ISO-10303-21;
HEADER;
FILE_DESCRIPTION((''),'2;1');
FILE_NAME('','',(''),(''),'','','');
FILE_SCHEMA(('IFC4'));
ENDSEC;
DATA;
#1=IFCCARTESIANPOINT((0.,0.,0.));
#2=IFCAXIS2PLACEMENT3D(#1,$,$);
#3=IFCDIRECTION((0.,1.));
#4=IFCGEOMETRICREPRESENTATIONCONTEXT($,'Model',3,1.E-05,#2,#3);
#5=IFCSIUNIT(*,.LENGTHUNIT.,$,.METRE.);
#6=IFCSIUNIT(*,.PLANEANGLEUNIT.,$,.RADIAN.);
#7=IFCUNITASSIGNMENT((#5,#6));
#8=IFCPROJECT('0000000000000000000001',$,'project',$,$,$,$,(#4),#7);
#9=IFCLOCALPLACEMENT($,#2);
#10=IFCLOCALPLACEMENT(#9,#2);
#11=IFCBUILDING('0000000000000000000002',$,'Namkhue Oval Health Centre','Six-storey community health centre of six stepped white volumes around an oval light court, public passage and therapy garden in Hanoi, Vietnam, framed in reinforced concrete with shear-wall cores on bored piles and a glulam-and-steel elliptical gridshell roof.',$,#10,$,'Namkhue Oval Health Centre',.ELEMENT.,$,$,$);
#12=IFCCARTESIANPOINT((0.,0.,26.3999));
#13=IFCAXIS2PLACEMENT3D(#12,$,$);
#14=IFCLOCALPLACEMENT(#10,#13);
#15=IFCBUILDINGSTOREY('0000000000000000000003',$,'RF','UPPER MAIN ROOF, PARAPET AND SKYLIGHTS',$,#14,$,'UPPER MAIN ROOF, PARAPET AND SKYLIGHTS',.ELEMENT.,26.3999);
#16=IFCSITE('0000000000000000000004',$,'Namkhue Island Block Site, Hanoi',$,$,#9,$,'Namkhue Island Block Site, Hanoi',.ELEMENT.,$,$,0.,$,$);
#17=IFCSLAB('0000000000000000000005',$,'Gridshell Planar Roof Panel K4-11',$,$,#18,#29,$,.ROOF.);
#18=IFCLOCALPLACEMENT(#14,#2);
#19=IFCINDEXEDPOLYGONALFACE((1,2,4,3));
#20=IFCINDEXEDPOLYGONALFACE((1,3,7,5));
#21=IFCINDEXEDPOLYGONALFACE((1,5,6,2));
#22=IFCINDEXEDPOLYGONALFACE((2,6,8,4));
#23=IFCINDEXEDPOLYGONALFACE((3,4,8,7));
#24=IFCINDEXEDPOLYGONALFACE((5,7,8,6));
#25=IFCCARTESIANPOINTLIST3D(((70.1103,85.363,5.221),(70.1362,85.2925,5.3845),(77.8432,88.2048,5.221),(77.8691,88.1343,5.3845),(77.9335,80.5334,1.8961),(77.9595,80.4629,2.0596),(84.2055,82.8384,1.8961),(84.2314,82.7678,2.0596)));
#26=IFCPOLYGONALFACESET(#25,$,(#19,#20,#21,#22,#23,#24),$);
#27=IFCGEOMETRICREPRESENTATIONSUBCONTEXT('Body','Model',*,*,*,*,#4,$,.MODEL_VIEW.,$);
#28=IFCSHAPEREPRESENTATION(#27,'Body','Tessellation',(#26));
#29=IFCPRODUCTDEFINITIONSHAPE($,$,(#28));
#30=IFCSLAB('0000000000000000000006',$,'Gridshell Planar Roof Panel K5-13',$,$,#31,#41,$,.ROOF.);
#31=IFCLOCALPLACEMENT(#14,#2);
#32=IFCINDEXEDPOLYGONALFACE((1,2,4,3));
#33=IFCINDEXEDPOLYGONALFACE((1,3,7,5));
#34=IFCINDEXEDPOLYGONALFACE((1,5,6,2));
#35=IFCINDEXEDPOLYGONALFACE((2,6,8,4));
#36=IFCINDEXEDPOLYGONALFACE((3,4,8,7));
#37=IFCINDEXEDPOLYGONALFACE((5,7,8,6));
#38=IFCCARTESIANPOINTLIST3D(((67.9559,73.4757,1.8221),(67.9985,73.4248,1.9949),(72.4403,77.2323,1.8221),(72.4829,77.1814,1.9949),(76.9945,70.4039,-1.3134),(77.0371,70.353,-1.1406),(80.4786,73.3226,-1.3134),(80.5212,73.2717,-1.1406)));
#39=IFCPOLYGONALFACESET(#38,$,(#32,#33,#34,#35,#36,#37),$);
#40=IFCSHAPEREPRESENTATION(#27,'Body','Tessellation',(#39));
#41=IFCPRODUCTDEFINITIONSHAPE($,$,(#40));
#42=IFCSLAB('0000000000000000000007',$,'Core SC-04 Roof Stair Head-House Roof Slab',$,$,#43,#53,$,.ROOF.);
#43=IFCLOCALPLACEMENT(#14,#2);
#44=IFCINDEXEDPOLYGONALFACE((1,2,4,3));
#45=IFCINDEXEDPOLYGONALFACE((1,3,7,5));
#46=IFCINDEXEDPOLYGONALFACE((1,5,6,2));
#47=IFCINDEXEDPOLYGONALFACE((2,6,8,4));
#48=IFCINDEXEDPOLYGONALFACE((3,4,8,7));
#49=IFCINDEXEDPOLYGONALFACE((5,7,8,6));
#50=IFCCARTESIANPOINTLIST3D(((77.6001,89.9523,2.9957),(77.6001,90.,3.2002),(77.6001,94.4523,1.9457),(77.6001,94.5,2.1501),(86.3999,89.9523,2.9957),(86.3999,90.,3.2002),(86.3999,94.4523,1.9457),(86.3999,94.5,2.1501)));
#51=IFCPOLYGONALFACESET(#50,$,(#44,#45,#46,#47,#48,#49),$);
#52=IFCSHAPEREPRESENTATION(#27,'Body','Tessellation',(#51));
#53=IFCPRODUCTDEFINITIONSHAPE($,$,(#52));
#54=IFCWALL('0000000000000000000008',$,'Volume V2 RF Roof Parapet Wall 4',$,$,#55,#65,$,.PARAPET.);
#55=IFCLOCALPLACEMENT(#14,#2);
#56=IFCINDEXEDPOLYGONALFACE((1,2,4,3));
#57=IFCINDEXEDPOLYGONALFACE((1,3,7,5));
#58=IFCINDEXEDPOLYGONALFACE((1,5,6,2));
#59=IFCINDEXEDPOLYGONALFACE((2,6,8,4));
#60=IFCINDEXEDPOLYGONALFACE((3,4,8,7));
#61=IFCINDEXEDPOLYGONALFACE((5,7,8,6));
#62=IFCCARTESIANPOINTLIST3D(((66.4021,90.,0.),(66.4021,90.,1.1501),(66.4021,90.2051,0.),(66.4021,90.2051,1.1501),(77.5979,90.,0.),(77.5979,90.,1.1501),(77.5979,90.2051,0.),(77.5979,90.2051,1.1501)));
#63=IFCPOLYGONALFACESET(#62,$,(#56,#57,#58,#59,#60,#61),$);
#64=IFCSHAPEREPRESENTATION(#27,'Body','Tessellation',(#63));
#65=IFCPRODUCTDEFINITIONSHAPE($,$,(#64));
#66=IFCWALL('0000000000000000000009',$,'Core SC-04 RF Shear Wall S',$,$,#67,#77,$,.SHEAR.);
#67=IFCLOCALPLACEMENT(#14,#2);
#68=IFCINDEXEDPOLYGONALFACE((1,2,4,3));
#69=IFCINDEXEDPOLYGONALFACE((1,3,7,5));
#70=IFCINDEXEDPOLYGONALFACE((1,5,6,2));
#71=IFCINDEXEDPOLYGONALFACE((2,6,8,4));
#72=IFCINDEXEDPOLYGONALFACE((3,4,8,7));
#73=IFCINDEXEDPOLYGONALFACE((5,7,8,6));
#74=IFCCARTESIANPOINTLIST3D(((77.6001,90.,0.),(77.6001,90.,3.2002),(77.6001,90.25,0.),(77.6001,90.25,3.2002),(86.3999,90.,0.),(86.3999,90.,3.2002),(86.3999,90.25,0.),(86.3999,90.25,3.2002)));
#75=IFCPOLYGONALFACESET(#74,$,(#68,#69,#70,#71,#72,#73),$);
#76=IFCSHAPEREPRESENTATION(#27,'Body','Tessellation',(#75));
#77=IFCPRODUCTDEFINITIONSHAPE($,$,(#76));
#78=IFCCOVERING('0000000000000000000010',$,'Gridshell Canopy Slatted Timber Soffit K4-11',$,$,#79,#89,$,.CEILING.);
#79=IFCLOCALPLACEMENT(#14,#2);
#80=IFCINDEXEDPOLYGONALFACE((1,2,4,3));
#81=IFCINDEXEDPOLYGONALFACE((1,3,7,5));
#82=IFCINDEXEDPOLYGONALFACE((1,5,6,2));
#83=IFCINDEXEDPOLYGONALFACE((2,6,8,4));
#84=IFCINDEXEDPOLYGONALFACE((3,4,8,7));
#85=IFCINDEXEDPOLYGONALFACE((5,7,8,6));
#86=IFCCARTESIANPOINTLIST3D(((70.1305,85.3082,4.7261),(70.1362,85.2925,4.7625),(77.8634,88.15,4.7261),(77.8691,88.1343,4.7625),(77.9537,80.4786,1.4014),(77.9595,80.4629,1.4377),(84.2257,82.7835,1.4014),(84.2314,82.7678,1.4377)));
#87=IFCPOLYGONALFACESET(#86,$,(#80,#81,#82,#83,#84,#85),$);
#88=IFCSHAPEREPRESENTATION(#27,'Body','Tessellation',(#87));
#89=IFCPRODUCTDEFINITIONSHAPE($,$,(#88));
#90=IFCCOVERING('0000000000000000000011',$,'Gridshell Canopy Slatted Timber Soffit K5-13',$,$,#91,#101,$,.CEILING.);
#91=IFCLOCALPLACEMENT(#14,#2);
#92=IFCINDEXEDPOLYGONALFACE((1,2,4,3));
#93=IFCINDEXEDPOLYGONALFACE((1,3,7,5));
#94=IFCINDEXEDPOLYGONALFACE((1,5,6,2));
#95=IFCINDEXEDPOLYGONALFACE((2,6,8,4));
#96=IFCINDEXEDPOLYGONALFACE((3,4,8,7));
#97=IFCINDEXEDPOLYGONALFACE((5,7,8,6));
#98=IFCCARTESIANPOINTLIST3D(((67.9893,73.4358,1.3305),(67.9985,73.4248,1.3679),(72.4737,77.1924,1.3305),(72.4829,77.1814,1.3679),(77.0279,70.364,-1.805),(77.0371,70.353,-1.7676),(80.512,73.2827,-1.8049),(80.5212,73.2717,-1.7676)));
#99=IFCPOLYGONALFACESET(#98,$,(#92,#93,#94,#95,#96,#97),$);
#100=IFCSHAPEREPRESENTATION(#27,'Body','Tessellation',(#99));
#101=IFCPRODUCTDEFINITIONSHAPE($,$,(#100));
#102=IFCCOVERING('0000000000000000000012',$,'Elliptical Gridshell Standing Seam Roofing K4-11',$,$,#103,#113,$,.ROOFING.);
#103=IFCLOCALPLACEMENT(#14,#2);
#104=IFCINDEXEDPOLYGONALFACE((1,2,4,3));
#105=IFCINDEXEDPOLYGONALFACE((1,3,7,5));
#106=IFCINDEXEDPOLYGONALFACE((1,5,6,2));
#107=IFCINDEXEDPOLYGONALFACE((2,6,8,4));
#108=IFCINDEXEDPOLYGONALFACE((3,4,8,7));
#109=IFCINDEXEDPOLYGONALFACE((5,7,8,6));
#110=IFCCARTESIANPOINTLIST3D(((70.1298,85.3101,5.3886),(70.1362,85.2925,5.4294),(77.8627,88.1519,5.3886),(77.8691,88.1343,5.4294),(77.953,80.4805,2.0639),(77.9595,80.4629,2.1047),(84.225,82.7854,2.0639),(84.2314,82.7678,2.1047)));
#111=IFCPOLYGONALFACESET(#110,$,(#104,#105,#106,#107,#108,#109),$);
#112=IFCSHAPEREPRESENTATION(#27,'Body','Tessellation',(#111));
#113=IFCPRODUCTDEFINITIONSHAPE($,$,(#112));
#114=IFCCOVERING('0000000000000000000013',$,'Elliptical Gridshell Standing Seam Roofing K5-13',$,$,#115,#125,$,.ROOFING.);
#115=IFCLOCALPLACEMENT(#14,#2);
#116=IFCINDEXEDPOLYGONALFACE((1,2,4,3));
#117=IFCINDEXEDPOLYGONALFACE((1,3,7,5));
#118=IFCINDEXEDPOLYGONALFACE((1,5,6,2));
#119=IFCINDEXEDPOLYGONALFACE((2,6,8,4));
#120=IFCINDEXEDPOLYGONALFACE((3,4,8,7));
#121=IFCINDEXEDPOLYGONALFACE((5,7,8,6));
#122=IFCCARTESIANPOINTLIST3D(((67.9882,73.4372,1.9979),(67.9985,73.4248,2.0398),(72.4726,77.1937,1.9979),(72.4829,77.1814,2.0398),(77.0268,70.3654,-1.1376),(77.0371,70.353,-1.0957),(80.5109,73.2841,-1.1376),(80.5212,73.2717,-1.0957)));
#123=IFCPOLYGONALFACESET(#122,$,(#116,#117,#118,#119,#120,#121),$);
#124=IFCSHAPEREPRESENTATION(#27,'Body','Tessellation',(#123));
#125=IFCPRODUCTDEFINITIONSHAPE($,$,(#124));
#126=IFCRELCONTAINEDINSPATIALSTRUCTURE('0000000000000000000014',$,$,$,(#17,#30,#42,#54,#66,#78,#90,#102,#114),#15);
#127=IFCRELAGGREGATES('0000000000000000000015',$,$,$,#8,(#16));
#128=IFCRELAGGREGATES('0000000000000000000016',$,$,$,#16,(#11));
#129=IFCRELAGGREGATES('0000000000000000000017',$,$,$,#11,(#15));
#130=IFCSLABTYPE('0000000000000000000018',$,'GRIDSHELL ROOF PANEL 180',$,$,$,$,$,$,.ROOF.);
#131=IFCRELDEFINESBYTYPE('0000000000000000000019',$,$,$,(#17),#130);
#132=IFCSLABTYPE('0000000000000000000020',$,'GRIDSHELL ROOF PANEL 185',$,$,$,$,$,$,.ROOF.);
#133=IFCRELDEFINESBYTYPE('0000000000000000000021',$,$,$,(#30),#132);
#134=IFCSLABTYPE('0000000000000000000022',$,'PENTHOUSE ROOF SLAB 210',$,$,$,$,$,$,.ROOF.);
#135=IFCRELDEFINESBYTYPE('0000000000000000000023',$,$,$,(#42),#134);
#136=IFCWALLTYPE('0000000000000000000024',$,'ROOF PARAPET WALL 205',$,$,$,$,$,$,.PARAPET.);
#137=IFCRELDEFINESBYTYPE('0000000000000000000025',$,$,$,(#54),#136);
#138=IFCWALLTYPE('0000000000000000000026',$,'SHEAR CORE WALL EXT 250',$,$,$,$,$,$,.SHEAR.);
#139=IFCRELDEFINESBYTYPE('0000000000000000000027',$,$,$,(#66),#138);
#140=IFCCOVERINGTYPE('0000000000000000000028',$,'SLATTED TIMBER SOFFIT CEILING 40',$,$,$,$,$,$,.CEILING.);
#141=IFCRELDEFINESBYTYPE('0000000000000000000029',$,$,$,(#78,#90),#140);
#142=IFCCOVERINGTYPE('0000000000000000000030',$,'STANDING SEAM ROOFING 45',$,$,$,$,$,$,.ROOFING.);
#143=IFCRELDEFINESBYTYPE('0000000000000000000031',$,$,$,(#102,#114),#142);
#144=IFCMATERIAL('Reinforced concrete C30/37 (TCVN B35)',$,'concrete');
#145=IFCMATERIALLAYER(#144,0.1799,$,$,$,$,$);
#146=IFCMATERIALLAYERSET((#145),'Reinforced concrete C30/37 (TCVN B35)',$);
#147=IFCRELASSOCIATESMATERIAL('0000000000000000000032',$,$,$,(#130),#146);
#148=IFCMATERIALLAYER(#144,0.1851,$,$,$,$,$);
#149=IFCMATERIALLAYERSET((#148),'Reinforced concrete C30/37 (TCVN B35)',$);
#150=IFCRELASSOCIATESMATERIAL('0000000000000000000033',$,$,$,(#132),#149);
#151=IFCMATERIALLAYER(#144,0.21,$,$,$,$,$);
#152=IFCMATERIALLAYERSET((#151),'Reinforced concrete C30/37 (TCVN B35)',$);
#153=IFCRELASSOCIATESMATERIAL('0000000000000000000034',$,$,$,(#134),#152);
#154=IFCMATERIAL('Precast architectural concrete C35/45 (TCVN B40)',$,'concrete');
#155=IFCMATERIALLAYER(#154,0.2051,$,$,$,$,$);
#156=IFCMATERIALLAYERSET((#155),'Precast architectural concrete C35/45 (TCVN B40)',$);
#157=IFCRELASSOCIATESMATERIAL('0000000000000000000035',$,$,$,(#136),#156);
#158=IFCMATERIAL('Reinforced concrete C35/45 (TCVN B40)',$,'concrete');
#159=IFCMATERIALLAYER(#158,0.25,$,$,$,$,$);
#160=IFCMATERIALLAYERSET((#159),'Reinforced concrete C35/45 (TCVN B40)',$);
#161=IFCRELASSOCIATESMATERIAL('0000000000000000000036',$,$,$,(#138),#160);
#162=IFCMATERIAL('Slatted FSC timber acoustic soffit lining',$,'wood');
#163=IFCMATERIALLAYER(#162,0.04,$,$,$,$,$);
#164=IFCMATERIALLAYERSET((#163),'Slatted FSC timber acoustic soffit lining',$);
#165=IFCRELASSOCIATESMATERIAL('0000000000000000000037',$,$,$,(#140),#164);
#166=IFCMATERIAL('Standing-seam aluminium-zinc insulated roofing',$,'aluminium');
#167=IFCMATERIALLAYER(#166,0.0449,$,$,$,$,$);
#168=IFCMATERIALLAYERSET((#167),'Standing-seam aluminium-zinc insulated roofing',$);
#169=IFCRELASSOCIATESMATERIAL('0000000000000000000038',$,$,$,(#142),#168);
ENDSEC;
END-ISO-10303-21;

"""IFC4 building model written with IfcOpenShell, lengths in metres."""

from ifc_helpers import new_model, si_unit, direction, frame, frame_2d, origin, place, context, subcontext, project, spatial, polyline, rectangle, outline, extrude, material, layer, layer_set, type_object, element, save


model = new_model("IFC4")

# Units and contexts
model_context = context("Model", 3, precision=1e-05, world=origin(), true_north=direction((0.0, 1.0)))
body_context = subcontext(model_context, "Body", "Model", "MODEL_VIEW")
ifc_project = project(units=[si_unit("LENGTHUNIT", "METRE"), si_unit("PLANEANGLEUNIT", "RADIAN")], contexts=[model_context])

# Site, building, storey
site_placement = place(None, origin())
site = spatial("IfcSite", under=ifc_project, at=site_placement, Name="Namkhue Island Block Site, Hanoi", LongName="Namkhue Island Block Site, Hanoi", CompositionType="ELEMENT", RefElevation=0.0)
building_placement = place(site_placement, origin())
building = spatial("IfcBuilding", under=site, at=building_placement, Name="Namkhue Oval Health Centre", Description="Six-storey community health centre of six stepped white volumes around an oval light court, public passage and therapy garden in Hanoi, Vietnam, framed in reinforced concrete with shear-wall cores on bored piles and a glulam-and-steel elliptical gridshell roof.", LongName="Namkhue Oval Health Centre", CompositionType="ELEMENT")
storey_placement = place(building_placement, frame((0.0, 0.0, 26.3999)))
storey = spatial("IfcBuildingStorey", under=building, at=storey_placement, Name="RF", Description="UPPER MAIN ROOF, PARAPET AND SKYLIGHTS", LongName="UPPER MAIN ROOF, PARAPET AND SKYLIGHTS", CompositionType="ELEMENT", Elevation=26.3999)

# Slabs
ifc_material_1 = material(Name="Reinforced concrete C30/37 (TCVN B35)", Category="concrete")
ifc_layer_1 = layer(ifc_material_1, 0.1799)
ifc_layer_set_1 = layer_set([ifc_layer_1], Name="Reinforced concrete C30/37 (TCVN B35)")
slab_type_1 = type_object("IfcSlabType", Name="GRIDSHELL ROOF PANEL 180", PredefinedType="ROOF", material=ifc_layer_set_1)
slab_1_placement = place(storey_placement, frame((77.8691, 88.1343, 5.3845), z_axis=(0.144094, -0.392097, 0.908568), x_axis=(-0.938625, -0.344939, 0.0)))
element("IfcSlab", 1, at=slab_1_placement, inside=storey, type_object=slab_type_1, Name="Gridshell Planar Roof Panel K4-11", PredefinedType="ROOF", context=body_context, shape_type="SweptSolid", body=[
    extrude(outline(polyline([(0.0, 0.0), (8.2386, 0.0), (2.5614, 7.9595), (-4.1207, 7.9594), (0.0, 0.0)])), origin(), (0.0, 0.0, -1.0), 0.1799),
])
ifc_layer_2 = layer(ifc_material_1, 0.1851)
ifc_layer_set_2 = layer_set([ifc_layer_2], Name="Reinforced concrete C30/37 (TCVN B35)")
slab_type_2 = type_object("IfcSlabType", Name="GRIDSHELL ROOF PANEL 185", PredefinedType="ROOF", material=ifc_layer_set_2)
slab_2_placement = place(storey_placement, frame((72.4829, 77.1814, 1.9949), z_axis=(0.230359, -0.274987, 0.933444), x_axis=(-0.76657, -0.642161, 0.000001)))
element("IfcSlab", 2, at=slab_2_placement, inside=storey, type_object=slab_type_2, Name="Gridshell Planar Roof Panel K5-13", PredefinedType="ROOF", context=body_context, shape_type="SweptSolid", body=[
    extrude(outline(polyline([(0.0, 0.0), (5.8499, 0.0), (0.8938, 8.7407), (-3.6513, 8.7407), (0.0, 0.0)])), origin(), (0.0, 0.0, -1.0), 0.1851),
])
ifc_layer_3 = layer(ifc_material_1, 0.21)
ifc_layer_set_3 = layer_set([ifc_layer_3], Name="Reinforced concrete C30/37 (TCVN B35)")
slab_type_3 = type_object("IfcSlabType", Name="PENTHOUSE ROOF SLAB 210", PredefinedType="ROOF", material=ifc_layer_set_3)
slab_3_placement = place(storey_placement, frame((77.6001, 90.0, 3.2002), z_axis=(0.0, 0.22724, 0.973839), x_axis=(1.0, 0.0, 0.0)))
element("IfcSlab", 3, at=slab_3_placement, inside=storey, type_object=slab_type_3, Name="Core SC-04 Roof Stair Head-House Roof Slab", PredefinedType="ROOF", context=body_context, shape_type="SweptSolid", body=[
    extrude(outline(polyline([(0.0, 0.0), (8.7998, 0.0), (8.7998, 4.6209), (0.0, 4.6209), (0.0, 0.0)])), origin(), (0.0, 0.0, -1.0), 0.21),
])

# Walls
ifc_material_2 = material(Name="Precast architectural concrete C35/45 (TCVN B40)", Category="concrete")
ifc_layer_4 = layer(ifc_material_2, 0.2051)
ifc_layer_set_4 = layer_set([ifc_layer_4], Name="Precast architectural concrete C35/45 (TCVN B40)")
wall_type_1 = type_object("IfcWallType", Name="ROOF PARAPET WALL 205", PredefinedType="PARAPET", material=ifc_layer_set_4)
wall_1_placement = place(storey_placement, frame((77.5979, 90.1025, 0.0), z_axis=(0.0, 0.0, 1.0), x_axis=(-1.0, 0.0, 0.0)))
element("IfcWall", 4, at=wall_1_placement, inside=storey, type_object=wall_type_1, Name="Volume V2 RF Roof Parapet Wall 4", PredefinedType="PARAPET", context=body_context, shape_type="SweptSolid", body=[
    extrude(rectangle(XDim=11.1958, YDim=0.2051, at=frame_2d((5.5979, 0.0))), origin(), (0.0, 0.0, 1.0), 1.1501),
])
ifc_material_3 = material(Name="Reinforced concrete C35/45 (TCVN B40)", Category="concrete")
ifc_layer_5 = layer(ifc_material_3, 0.25)
ifc_layer_set_5 = layer_set([ifc_layer_5], Name="Reinforced concrete C35/45 (TCVN B40)")
wall_type_2 = type_object("IfcWallType", Name="SHEAR CORE WALL EXT 250", PredefinedType="SHEAR", material=ifc_layer_set_5)
wall_2_placement = place(storey_placement, frame((77.6001, 90.125, 0.0), z_axis=(0.0, 0.0, 1.0), x_axis=(1.0, 0.0, 0.0)))
element("IfcWall", 5, at=wall_2_placement, inside=storey, type_object=wall_type_2, Name="Core SC-04 RF Shear Wall S", PredefinedType="SHEAR", context=body_context, shape_type="SweptSolid", body=[
    extrude(rectangle(XDim=8.7998, YDim=0.25, at=frame_2d((4.3999, 0.0))), origin(), (0.0, 0.0, 1.0), 3.2002),
])

# Coverings
ifc_material_4 = material(Name="Slatted FSC timber acoustic soffit lining", Category="wood")
ifc_layer_6 = layer(ifc_material_4, 0.04)
ifc_layer_set_6 = layer_set([ifc_layer_6], Name="Slatted FSC timber acoustic soffit lining")
covering_type_1 = type_object("IfcCoveringType", Name="SLATTED TIMBER SOFFIT CEILING 40", PredefinedType="CEILING", material=ifc_layer_set_6)
covering_1_placement = place(storey_placement, frame((77.8691, 88.1343, 4.7625), z_axis=(0.144085, -0.392073, 0.90858), x_axis=(-0.938625, -0.344939, 0.0)))
element("IfcCovering", 6, at=covering_1_placement, inside=storey, type_object=covering_type_1, Name="Gridshell Canopy Slatted Timber Soffit K4-11", PredefinedType="CEILING", context=body_context, shape_type="SweptSolid", body=[
    extrude(outline(polyline([(0.0, 0.0), (8.2386, 0.0), (2.5614, 7.9594), (-4.1207, 7.9593), (0.0, 0.0)])), origin(), (0.0, 0.0, -1.0), 0.04),
])
covering_2_placement = place(storey_placement, frame((72.4829, 77.1814, 1.3679), z_axis=(0.230359, -0.274987, 0.933444), x_axis=(-0.76657, -0.642161, 0.000001)))
element("IfcCovering", 7, at=covering_2_placement, inside=storey, type_object=covering_type_1, Name="Gridshell Canopy Slatted Timber Soffit K5-13", PredefinedType="CEILING", context=body_context, shape_type="SweptSolid", body=[
    extrude(outline(polyline([(0.0, 0.0), (5.8499, 0.0), (0.8938, 8.7407), (-3.6513, 8.7407), (0.0, 0.0)])), origin(), (0.0, 0.0, -1.0), 0.04),
])
ifc_material_5 = material(Name="Standing-seam aluminium-zinc insulated roofing", Category="aluminium")
ifc_layer_7 = layer(ifc_material_5, 0.0449)
ifc_layer_set_7 = layer_set([ifc_layer_7], Name="Standing-seam aluminium-zinc insulated roofing")
covering_type_2 = type_object("IfcCoveringType", Name="STANDING SEAM ROOFING 45", PredefinedType="ROOFING", material=ifc_layer_set_7)
covering_3_placement = place(storey_placement, frame((77.8691, 88.1343, 5.4294), z_axis=(0.144085, -0.392073, 0.90858), x_axis=(-0.938625, -0.344939, 0.0)))
element("IfcCovering", 8, at=covering_3_placement, inside=storey, type_object=covering_type_2, Name="Elliptical Gridshell Standing Seam Roofing K4-11", PredefinedType="ROOFING", context=body_context, shape_type="SweptSolid", body=[
    extrude(outline(polyline([(0.0, 0.0), (8.2386, 0.0), (2.5614, 7.9594), (-4.1207, 7.9593), (0.0, 0.0)])), origin(), (0.0, 0.0, -1.0), 0.0449),
])
covering_4_placement = place(storey_placement, frame((72.4829, 77.1814, 2.0398), z_axis=(0.230359, -0.274987, 0.933444), x_axis=(-0.76657, -0.642161, 0.000001)))
element("IfcCovering", 9, at=covering_4_placement, inside=storey, type_object=covering_type_2, Name="Elliptical Gridshell Standing Seam Roofing K5-13", PredefinedType="ROOFING", context=body_context, shape_type="SweptSolid", body=[
    extrude(outline(polyline([(0.0, 0.0), (5.8499, 0.0), (0.8938, 8.7407), (-3.6513, 8.7407), (0.0, 0.0)])), origin(), (0.0, 0.0, -1.0), 0.0449),
])

save(model, "model.ifc")
